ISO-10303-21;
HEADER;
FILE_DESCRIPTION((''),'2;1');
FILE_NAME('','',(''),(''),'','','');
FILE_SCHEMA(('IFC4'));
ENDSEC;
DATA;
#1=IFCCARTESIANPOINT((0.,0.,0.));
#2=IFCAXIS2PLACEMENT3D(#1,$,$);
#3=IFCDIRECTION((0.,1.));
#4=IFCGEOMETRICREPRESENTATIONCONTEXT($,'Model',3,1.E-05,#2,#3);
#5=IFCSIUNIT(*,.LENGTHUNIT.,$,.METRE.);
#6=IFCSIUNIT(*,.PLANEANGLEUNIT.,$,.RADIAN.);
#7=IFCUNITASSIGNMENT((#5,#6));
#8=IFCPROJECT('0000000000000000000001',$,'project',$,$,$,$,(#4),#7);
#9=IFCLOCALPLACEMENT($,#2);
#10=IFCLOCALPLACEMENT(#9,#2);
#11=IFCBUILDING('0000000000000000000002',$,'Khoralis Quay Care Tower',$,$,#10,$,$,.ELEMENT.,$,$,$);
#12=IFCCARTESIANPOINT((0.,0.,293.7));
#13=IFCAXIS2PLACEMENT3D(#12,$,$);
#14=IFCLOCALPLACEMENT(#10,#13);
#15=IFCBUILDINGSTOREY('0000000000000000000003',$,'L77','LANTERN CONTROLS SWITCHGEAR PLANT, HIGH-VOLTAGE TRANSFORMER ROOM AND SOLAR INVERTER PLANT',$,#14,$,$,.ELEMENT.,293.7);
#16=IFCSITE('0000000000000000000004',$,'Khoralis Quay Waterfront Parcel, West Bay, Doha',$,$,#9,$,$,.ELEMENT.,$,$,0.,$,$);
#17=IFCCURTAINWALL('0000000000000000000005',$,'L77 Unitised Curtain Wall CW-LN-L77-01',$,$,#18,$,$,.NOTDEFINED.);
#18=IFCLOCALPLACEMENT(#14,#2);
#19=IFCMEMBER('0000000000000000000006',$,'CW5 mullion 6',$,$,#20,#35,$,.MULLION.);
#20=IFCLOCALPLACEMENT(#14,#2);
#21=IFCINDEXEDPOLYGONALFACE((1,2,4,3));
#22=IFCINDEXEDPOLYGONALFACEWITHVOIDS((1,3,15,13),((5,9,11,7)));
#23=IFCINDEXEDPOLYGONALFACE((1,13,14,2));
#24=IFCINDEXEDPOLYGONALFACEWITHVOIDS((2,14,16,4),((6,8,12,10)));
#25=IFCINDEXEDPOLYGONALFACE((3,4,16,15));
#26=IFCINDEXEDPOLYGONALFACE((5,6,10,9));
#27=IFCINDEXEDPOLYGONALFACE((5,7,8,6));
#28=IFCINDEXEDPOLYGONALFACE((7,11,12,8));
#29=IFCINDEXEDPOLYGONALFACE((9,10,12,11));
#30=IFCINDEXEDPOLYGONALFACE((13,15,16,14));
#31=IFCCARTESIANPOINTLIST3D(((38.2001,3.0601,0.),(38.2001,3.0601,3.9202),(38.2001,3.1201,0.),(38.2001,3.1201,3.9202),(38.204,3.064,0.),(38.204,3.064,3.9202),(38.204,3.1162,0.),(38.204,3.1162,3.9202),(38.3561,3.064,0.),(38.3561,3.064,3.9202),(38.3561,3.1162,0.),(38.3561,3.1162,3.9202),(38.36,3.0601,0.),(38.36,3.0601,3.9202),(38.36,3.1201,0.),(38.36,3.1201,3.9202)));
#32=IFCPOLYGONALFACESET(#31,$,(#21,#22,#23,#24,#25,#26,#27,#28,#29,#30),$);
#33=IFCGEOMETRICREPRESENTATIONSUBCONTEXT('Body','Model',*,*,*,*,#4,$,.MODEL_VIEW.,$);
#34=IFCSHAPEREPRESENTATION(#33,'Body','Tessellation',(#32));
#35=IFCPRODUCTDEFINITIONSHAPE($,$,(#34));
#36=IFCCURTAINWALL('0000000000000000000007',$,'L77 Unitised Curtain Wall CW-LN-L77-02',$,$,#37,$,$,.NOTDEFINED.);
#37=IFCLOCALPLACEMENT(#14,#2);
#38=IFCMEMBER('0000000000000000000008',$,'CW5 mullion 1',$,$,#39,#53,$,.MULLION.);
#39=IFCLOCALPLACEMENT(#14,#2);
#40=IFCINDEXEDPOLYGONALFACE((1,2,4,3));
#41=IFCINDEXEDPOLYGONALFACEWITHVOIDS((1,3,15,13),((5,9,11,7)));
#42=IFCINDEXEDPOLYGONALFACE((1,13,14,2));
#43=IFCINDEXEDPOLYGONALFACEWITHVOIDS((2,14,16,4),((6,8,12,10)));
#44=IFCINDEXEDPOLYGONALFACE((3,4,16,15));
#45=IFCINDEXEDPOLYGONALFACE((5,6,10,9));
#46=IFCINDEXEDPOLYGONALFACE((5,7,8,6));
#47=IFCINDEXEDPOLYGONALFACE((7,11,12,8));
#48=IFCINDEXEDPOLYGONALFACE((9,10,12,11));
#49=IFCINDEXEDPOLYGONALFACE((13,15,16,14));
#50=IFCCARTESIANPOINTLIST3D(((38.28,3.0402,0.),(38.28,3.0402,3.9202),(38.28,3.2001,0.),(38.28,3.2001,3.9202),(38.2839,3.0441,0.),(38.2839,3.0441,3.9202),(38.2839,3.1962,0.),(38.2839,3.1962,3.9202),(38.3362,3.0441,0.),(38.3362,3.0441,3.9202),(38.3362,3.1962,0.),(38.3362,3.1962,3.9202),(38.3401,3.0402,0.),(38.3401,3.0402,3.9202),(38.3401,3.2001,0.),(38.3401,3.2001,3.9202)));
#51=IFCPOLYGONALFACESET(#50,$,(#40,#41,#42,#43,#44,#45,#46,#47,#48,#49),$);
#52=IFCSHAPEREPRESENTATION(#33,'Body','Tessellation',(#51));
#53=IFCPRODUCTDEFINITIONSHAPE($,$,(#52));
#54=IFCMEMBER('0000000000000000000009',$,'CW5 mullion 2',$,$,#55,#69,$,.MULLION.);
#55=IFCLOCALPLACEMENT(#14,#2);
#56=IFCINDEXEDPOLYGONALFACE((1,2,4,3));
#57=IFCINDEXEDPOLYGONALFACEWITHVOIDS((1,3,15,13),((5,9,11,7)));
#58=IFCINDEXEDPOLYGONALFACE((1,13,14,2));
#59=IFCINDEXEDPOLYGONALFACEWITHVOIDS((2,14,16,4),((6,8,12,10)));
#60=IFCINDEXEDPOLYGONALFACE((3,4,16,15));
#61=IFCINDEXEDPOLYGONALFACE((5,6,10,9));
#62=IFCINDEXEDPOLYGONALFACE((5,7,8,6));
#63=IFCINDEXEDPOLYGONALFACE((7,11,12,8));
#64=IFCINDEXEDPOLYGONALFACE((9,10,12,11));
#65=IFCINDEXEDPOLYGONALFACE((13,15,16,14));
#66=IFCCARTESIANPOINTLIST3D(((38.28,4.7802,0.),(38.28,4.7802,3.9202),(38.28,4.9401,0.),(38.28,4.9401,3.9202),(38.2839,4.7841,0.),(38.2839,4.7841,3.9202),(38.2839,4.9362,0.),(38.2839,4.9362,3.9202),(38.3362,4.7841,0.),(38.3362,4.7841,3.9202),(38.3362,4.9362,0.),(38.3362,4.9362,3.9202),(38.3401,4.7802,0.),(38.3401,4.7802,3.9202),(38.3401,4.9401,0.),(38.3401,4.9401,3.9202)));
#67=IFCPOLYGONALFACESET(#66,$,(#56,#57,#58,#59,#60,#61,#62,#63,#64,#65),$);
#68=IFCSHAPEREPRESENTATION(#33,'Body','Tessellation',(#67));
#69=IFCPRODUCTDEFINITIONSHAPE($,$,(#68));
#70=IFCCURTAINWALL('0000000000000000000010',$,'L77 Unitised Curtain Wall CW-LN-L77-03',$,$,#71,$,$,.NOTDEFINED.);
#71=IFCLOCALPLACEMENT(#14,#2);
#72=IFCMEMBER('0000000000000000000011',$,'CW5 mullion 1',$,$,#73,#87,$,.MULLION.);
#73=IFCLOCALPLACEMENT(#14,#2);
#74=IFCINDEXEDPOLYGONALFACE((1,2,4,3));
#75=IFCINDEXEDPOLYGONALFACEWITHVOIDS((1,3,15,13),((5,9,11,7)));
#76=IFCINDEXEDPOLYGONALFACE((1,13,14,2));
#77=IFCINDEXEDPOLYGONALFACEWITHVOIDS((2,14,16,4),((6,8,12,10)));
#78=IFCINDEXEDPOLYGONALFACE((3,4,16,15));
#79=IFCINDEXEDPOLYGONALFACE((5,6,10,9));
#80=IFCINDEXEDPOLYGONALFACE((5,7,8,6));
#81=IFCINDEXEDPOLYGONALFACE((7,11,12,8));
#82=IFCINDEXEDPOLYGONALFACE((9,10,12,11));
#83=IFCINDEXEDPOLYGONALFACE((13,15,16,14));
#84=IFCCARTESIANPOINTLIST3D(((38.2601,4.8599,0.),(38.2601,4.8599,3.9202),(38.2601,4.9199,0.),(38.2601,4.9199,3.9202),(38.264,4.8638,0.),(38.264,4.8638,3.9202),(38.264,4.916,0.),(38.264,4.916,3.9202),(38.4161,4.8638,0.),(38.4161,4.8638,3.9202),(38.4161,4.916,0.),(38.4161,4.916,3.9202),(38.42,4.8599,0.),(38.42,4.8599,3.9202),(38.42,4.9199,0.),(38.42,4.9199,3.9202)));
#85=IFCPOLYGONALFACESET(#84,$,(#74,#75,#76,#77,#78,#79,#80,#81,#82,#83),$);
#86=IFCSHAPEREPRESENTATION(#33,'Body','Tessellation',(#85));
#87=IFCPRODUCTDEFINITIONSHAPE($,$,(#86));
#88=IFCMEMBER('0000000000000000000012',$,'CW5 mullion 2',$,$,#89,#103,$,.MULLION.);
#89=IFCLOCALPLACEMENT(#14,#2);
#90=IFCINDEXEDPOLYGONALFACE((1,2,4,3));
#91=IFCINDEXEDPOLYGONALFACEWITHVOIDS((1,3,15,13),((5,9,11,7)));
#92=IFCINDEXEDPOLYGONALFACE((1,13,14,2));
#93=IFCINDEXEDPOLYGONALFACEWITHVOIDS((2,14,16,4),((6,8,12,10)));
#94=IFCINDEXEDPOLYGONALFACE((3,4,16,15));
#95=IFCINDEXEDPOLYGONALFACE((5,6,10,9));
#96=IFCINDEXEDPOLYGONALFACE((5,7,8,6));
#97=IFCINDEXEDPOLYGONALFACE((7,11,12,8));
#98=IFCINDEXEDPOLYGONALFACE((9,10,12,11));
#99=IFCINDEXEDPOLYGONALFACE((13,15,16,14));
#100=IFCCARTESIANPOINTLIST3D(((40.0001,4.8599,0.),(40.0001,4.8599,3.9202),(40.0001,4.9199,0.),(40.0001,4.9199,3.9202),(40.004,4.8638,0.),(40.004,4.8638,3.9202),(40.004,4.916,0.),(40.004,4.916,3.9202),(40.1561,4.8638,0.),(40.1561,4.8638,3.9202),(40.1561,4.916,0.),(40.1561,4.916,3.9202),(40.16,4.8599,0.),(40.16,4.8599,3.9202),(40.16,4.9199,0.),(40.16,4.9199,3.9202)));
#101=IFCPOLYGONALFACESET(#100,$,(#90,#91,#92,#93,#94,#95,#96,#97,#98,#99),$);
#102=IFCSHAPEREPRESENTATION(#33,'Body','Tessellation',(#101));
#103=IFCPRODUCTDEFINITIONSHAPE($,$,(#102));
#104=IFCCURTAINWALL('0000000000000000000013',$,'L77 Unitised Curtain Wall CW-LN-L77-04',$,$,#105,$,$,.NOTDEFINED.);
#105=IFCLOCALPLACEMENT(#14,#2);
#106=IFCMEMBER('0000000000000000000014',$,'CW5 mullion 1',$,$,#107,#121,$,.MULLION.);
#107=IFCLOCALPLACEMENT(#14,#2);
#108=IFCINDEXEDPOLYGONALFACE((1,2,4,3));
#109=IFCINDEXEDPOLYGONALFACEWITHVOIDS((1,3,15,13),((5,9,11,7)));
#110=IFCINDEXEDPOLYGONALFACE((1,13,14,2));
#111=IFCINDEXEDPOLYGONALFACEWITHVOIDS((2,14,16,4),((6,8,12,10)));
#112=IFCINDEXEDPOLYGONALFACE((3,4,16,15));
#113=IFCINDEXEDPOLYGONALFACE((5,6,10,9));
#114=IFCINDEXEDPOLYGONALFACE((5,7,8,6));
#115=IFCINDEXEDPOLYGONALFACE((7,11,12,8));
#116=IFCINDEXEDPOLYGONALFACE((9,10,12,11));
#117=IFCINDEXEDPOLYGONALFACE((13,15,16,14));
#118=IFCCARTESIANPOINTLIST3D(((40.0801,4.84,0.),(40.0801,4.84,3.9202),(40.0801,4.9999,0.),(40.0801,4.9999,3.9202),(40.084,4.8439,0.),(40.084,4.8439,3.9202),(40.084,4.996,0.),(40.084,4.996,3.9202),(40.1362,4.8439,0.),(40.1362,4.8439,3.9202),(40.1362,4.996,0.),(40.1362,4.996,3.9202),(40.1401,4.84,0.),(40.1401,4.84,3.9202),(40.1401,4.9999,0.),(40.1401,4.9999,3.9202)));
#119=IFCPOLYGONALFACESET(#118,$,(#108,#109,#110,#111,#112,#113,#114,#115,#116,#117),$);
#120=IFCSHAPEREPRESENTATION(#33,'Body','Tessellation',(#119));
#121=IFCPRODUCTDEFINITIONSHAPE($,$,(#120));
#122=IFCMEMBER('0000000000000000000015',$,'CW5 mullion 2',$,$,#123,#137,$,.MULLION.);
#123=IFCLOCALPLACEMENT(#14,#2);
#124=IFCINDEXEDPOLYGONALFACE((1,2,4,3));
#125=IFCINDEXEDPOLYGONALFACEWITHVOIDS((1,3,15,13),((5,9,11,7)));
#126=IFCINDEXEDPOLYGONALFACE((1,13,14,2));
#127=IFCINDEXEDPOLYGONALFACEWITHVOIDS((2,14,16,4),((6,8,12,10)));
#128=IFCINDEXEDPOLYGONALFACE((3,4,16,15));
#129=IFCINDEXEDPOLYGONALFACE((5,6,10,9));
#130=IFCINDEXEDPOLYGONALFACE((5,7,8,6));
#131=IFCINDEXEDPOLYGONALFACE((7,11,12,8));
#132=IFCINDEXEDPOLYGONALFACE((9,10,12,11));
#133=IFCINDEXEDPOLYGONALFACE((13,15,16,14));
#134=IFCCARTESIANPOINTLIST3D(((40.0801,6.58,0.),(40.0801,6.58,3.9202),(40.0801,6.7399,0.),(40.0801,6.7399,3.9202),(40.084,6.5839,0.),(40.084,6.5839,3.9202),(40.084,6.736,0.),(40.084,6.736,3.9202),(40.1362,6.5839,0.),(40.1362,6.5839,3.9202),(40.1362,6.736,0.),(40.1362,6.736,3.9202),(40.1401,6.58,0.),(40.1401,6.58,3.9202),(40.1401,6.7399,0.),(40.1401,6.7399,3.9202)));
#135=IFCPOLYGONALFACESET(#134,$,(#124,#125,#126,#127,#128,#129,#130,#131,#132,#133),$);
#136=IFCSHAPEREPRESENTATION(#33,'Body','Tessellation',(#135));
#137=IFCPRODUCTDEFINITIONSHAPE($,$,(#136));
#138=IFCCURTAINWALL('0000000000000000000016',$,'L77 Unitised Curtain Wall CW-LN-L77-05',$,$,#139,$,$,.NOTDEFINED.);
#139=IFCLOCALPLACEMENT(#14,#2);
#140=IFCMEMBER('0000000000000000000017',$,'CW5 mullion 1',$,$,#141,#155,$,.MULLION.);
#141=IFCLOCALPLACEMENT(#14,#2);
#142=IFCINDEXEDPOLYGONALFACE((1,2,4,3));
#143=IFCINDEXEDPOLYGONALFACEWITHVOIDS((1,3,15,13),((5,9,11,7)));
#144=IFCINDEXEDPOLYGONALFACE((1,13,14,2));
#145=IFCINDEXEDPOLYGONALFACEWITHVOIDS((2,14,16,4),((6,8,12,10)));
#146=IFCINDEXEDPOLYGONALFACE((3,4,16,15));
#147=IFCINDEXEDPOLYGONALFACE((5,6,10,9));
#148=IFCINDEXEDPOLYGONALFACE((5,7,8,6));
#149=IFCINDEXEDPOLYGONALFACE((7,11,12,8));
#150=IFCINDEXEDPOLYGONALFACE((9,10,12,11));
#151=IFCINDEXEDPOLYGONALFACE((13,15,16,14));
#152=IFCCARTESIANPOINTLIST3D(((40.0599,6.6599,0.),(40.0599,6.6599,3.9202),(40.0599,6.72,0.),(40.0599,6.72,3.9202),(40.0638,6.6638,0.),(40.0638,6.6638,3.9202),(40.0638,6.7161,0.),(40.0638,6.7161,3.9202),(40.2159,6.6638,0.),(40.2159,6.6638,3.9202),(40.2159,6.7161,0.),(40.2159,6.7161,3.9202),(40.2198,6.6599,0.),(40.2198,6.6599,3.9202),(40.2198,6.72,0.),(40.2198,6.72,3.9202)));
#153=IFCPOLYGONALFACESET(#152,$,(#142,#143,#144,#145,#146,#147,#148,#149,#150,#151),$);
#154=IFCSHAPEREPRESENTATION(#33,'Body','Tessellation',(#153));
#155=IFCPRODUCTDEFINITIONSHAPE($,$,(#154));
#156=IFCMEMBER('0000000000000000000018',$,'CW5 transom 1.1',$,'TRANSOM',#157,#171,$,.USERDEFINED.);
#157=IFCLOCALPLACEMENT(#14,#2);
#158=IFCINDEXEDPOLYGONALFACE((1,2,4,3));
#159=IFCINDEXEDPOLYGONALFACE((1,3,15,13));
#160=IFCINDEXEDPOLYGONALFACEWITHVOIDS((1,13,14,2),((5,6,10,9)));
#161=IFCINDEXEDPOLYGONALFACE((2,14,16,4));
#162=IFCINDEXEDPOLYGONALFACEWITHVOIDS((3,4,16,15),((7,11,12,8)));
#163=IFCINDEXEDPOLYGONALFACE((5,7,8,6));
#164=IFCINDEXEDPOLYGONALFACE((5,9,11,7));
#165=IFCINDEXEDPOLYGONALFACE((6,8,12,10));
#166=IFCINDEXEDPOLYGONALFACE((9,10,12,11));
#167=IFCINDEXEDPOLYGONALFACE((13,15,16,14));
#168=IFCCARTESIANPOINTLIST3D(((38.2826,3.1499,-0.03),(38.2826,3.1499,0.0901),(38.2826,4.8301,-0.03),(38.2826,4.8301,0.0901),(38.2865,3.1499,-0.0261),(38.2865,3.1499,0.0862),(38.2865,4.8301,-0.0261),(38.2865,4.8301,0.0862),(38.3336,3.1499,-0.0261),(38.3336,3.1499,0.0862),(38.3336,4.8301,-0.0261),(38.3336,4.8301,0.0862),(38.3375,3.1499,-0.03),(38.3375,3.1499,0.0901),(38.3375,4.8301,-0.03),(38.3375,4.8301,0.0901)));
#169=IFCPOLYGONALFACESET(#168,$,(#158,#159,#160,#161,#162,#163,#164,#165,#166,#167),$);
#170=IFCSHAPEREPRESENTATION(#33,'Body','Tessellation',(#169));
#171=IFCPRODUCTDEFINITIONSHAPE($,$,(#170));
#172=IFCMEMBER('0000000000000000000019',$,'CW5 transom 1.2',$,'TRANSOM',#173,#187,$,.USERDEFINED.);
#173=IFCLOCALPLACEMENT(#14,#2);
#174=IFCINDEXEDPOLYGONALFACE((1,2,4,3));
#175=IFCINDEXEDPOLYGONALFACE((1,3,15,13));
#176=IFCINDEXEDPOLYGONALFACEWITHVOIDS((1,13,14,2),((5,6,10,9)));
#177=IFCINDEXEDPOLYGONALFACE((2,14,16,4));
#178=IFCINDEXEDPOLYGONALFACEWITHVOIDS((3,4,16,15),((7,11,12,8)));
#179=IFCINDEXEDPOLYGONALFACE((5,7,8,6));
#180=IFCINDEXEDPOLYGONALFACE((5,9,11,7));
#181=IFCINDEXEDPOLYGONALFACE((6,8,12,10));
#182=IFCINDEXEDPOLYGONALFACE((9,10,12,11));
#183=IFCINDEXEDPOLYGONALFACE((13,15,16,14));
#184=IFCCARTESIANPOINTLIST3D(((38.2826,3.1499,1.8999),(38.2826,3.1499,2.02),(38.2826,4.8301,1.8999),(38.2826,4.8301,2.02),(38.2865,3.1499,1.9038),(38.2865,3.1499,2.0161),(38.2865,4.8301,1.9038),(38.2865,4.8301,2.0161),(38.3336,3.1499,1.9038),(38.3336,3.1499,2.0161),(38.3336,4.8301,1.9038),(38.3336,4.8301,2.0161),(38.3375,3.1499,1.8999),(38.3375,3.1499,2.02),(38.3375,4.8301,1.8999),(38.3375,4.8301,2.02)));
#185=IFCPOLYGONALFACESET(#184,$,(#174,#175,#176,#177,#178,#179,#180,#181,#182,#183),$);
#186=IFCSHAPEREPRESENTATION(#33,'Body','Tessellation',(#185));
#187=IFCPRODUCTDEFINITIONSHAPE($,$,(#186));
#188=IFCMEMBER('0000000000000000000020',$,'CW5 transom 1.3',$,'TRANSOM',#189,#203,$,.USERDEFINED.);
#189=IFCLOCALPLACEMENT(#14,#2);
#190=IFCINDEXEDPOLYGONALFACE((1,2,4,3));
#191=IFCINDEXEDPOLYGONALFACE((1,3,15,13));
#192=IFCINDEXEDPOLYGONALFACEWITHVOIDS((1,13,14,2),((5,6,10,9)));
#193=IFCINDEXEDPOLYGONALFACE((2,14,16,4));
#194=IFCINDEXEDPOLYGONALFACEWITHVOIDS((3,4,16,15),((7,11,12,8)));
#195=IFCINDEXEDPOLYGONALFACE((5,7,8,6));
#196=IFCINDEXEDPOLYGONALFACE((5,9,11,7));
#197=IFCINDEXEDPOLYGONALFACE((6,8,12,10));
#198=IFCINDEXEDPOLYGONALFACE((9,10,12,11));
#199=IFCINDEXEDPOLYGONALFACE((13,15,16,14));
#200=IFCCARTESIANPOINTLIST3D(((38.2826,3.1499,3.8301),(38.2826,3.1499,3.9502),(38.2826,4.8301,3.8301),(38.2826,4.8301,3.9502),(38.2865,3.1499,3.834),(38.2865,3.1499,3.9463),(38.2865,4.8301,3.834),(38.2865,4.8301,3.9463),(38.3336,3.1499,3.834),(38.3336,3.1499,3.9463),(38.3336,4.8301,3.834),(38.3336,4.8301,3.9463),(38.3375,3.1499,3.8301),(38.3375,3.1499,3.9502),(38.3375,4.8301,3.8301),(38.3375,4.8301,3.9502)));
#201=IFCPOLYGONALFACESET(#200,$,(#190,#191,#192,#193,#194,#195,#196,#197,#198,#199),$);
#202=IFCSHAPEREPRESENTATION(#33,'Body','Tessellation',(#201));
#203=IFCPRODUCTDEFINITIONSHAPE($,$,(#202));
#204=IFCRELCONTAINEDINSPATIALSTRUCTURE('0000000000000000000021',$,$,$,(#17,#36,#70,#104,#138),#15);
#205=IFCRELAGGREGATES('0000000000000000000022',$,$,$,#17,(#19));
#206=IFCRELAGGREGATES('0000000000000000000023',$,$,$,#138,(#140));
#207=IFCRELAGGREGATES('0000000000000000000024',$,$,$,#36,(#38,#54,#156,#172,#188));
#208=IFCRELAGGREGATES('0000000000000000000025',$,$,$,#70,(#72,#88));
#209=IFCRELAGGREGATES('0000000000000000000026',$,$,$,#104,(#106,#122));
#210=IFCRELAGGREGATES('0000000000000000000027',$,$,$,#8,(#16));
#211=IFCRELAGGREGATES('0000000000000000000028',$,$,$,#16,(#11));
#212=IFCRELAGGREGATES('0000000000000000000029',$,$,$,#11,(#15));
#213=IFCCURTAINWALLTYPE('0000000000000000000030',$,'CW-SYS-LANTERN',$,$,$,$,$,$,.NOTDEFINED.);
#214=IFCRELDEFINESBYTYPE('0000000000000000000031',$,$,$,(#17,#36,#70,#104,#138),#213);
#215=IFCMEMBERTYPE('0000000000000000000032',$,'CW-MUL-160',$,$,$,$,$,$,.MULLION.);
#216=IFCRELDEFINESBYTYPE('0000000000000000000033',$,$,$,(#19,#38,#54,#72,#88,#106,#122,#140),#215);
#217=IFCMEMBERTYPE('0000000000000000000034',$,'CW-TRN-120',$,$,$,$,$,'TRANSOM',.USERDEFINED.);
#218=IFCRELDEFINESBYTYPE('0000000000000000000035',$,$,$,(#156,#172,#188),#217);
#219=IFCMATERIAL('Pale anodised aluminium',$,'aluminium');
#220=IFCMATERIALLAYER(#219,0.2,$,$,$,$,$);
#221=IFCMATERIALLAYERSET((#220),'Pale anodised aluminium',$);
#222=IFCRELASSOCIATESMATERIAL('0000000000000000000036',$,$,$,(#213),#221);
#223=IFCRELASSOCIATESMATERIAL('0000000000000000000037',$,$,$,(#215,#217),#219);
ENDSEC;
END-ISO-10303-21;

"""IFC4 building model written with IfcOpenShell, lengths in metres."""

from ifc_helpers import new_model, si_unit, direction, frame, origin, origin_2d, place, context, subcontext, project, spatial, hollow_rectangle, extrude, source, transform, mapped, material, layer, layer_set, material_profile, profile_set, type_object, element, aggregate, save


model = new_model("IFC4")

# Units and contexts
model_context = context("Model", 3, precision=1e-05, world=origin(), true_north=direction((0.0, 1.0)))
body_context = subcontext(model_context, "Body", "Model", "MODEL_VIEW")
ifc_project = project(units=[si_unit("LENGTHUNIT", "METRE"), si_unit("PLANEANGLEUNIT", "RADIAN")], contexts=[model_context])

# Site, building, storey
site_placement = place(None, origin())
site = spatial("IfcSite", under=ifc_project, at=site_placement, Name="Khoralis Quay Waterfront Parcel, West Bay, Doha", CompositionType="ELEMENT", RefElevation=0.0)
building_placement = place(site_placement, origin())
building = spatial("IfcBuilding", under=site, at=building_placement, Name="Khoralis Quay Care Tower", CompositionType="ELEMENT")
storey_placement = place(building_placement, frame((0.0, 0.0, 293.7)))
storey = spatial("IfcBuildingStorey", under=building, at=storey_placement, Name="L77", Description="LANTERN CONTROLS SWITCHGEAR PLANT, HIGH-VOLTAGE TRANSFORMER ROOM AND SOLAR INVERTER PLANT", CompositionType="ELEMENT", Elevation=293.7)

# Curtain wall, member
ifc_material_1 = material(Name="Pale anodised aluminium", Category="aluminium")
ifc_layer_1 = layer(ifc_material_1, 0.2)
ifc_layer_set_1 = layer_set([ifc_layer_1], Name="Pale anodised aluminium")
curtain_wall_type = type_object("IfcCurtainWallType", Name="CW-SYS-LANTERN", PredefinedType="NOTDEFINED", material=ifc_layer_set_1)
curtain_wall_1_placement = place(storey_placement, origin())
curtain_wall_1 = element("IfcCurtainWall", 1, at=curtain_wall_1_placement, inside=storey, type_object=curtain_wall_type, Name="L77 Unitised Curtain Wall CW-LN-L77-01", PredefinedType="NOTDEFINED")
ifc_material_profile_1 = material_profile(ifc_material_1, hollow_rectangle(XDim=0.0601, YDim=0.1599, WallThickness=0.0039, at=origin_2d()), Name="Pale anodised aluminium")
ifc_profile_set_1 = profile_set([ifc_material_profile_1], Name="Pale anodised aluminium")
member_type_1 = type_object("IfcMemberType", Name="CW-MUL-160", PredefinedType="MULLION", material=ifc_profile_set_1)
shared_shape_1 = source(origin(), body_context, "Body", "SweptSolid", [
    extrude(hollow_rectangle(XDim=0.0601, YDim=0.1599, WallThickness=0.0039, at=origin_2d()), origin(), (0.0, 0.0, 1.0), 3.9202),
])
member_1_placement = place(storey_placement, frame((38.28, 3.0901, 0.0), z_axis=(0.0, 0.0, 1.0), x_axis=(0.0, 1.0, 0.0)))
member_1 = element("IfcMember", 2, at=member_1_placement, type_object=member_type_1, Name="CW5 mullion 6", PredefinedType="MULLION", context=body_context, shape_type="MappedRepresentation", body=[
    mapped(shared_shape_1, transform((0.0, 0.0, 0.0), scale=1.0)),
])
aggregate(curtain_wall_1, [member_1])

# Curtain walls, members
curtain_wall_2_placement = place(storey_placement, origin())
curtain_wall_2 = element("IfcCurtainWall", 3, at=curtain_wall_2_placement, inside=storey, type_object=curtain_wall_type, Name="L77 Unitised Curtain Wall CW-LN-L77-02", PredefinedType="NOTDEFINED")
member_2_placement = place(storey_placement, frame((38.3101, 3.1201, 0.0), z_axis=(0.0, 0.0, 1.0), x_axis=(-1.0, 0.0, 0.0)))
member_2 = element("IfcMember", 4, at=member_2_placement, type_object=member_type_1, Name="CW5 mullion 1", PredefinedType="MULLION", context=body_context, shape_type="MappedRepresentation", body=[
    mapped(shared_shape_1, transform((0.0, 0.0, 0.0), scale=1.0)),
])
member_3_placement = place(storey_placement, frame((38.3101, 4.8601, 0.0), z_axis=(0.0, 0.0, 1.0), x_axis=(-1.0, 0.0, 0.0)))
member_3 = element("IfcMember", 5, at=member_3_placement, type_object=member_type_1, Name="CW5 mullion 2", PredefinedType="MULLION", context=body_context, shape_type="MappedRepresentation", body=[
    mapped(shared_shape_1, transform((0.0, 0.0, 0.0), scale=1.0)),
])
curtain_wall_3_placement = place(storey_placement, origin())
curtain_wall_3 = element("IfcCurtainWall", 6, at=curtain_wall_3_placement, inside=storey, type_object=curtain_wall_type, Name="L77 Unitised Curtain Wall CW-LN-L77-03", PredefinedType="NOTDEFINED")
member_4_placement = place(storey_placement, frame((38.3401, 4.8899, 0.0), z_axis=(0.0, 0.0, 1.0), x_axis=(0.0, 1.0, 0.0)))
member_4 = element("IfcMember", 7, at=member_4_placement, type_object=member_type_1, Name="CW5 mullion 1", PredefinedType="MULLION", context=body_context, shape_type="MappedRepresentation", body=[
    mapped(shared_shape_1, transform((0.0, 0.0, 0.0), scale=1.0)),
])
member_5_placement = place(storey_placement, frame((40.0801, 4.8899, 0.0), z_axis=(0.0, 0.0, 1.0), x_axis=(0.0, 1.0, 0.0)))
member_5 = element("IfcMember", 8, at=member_5_placement, type_object=member_type_1, Name="CW5 mullion 2", PredefinedType="MULLION", context=body_context, shape_type="MappedRepresentation", body=[
    mapped(shared_shape_1, transform((0.0, 0.0, 0.0), scale=1.0)),
])
curtain_wall_4_placement = place(storey_placement, origin())
curtain_wall_4 = element("IfcCurtainWall", 9, at=curtain_wall_4_placement, inside=storey, type_object=curtain_wall_type, Name="L77 Unitised Curtain Wall CW-LN-L77-04", PredefinedType="NOTDEFINED")
member_6_placement = place(storey_placement, frame((40.1101, 4.9199, 0.0), z_axis=(0.0, 0.0, 1.0), x_axis=(-1.0, 0.0, 0.0)))
member_6 = element("IfcMember", 10, at=member_6_placement, type_object=member_type_1, Name="CW5 mullion 1", PredefinedType="MULLION", context=body_context, shape_type="MappedRepresentation", body=[
    mapped(shared_shape_1, transform((0.0, 0.0, 0.0), scale=1.0)),
])
member_7_placement = place(storey_placement, frame((40.1101, 6.6599, 0.0), z_axis=(0.0, 0.0, 1.0), x_axis=(-1.0, 0.0, 0.0)))
member_7 = element("IfcMember", 11, at=member_7_placement, type_object=member_type_1, Name="CW5 mullion 2", PredefinedType="MULLION", context=body_context, shape_type="MappedRepresentation", body=[
    mapped(shared_shape_1, transform((0.0, 0.0, 0.0), scale=1.0)),
])

# Curtain wall, member
curtain_wall_5_placement = place(storey_placement, origin())
curtain_wall_5 = element("IfcCurtainWall", 12, at=curtain_wall_5_placement, inside=storey, type_object=curtain_wall_type, Name="L77 Unitised Curtain Wall CW-LN-L77-05", PredefinedType="NOTDEFINED")
member_8_placement = place(storey_placement, frame((40.1399, 6.6899, 0.0), z_axis=(0.0, 0.0, 1.0), x_axis=(0.0, 1.0, 0.0)))
member_8 = element("IfcMember", 13, at=member_8_placement, type_object=member_type_1, Name="CW5 mullion 1", PredefinedType="MULLION", context=body_context, shape_type="MappedRepresentation", body=[
    mapped(shared_shape_1, transform((0.0, 0.0, 0.0), scale=1.0)),
])

# Members
ifc_material_profile_2 = material_profile(ifc_material_1, hollow_rectangle(XDim=0.0549, YDim=0.1201, WallThickness=0.0039, at=origin_2d()), Name="Pale anodised aluminium")
ifc_profile_set_2 = profile_set([ifc_material_profile_2], Name="Pale anodised aluminium")
member_type_2 = type_object("IfcMemberType", Name="CW-TRN-120", ElementType="TRANSOM", PredefinedType="USERDEFINED", material=ifc_profile_set_2)
shared_shape_2 = source(origin(), body_context, "Body", "SweptSolid", [
    extrude(hollow_rectangle(XDim=0.0549, YDim=0.1201, WallThickness=0.0039, at=origin_2d()), origin(), (0.0, 0.0, 1.0), 1.6802),
])
member_9_placement = place(storey_placement, frame((38.3101, 3.1499, 0.03), z_axis=(0.0, 1.0, 0.0), x_axis=(-1.0, 0.0, 0.0)))
member_9 = element("IfcMember", 14, at=member_9_placement, type_object=member_type_2, Name="CW5 transom 1.1", ObjectType="TRANSOM", PredefinedType="USERDEFINED", context=body_context, shape_type="MappedRepresentation", body=[
    mapped(shared_shape_2, transform((0.0, 0.0, 0.0), scale=1.0)),
])
member_10_placement = place(storey_placement, frame((38.3101, 3.1499, 1.96), z_axis=(0.0, 1.0, 0.0), x_axis=(-1.0, 0.0, 0.0)))
member_10 = element("IfcMember", 15, at=member_10_placement, type_object=member_type_2, Name="CW5 transom 1.2", ObjectType="TRANSOM", PredefinedType="USERDEFINED", context=body_context, shape_type="MappedRepresentation", body=[
    mapped(shared_shape_2, transform((0.0, 0.0, 0.0), scale=1.0)),
])
member_11_placement = place(storey_placement, frame((38.3101, 3.1499, 3.8901), z_axis=(0.0, 1.0, 0.0), x_axis=(-1.0, 0.0, 0.0)))
member_11 = element("IfcMember", 16, at=member_11_placement, type_object=member_type_2, Name="CW5 transom 1.3", ObjectType="TRANSOM", PredefinedType="USERDEFINED", context=body_context, shape_type="MappedRepresentation", body=[
    mapped(shared_shape_2, transform((0.0, 0.0, 0.0), scale=1.0)),
])
aggregate(curtain_wall_5, [member_8])

aggregate(curtain_wall_2, [member_2, member_3, member_9, member_10, member_11])
aggregate(curtain_wall_3, [member_4, member_5])
aggregate(curtain_wall_4, [member_6, member_7])

save(model, "model.ifc")
